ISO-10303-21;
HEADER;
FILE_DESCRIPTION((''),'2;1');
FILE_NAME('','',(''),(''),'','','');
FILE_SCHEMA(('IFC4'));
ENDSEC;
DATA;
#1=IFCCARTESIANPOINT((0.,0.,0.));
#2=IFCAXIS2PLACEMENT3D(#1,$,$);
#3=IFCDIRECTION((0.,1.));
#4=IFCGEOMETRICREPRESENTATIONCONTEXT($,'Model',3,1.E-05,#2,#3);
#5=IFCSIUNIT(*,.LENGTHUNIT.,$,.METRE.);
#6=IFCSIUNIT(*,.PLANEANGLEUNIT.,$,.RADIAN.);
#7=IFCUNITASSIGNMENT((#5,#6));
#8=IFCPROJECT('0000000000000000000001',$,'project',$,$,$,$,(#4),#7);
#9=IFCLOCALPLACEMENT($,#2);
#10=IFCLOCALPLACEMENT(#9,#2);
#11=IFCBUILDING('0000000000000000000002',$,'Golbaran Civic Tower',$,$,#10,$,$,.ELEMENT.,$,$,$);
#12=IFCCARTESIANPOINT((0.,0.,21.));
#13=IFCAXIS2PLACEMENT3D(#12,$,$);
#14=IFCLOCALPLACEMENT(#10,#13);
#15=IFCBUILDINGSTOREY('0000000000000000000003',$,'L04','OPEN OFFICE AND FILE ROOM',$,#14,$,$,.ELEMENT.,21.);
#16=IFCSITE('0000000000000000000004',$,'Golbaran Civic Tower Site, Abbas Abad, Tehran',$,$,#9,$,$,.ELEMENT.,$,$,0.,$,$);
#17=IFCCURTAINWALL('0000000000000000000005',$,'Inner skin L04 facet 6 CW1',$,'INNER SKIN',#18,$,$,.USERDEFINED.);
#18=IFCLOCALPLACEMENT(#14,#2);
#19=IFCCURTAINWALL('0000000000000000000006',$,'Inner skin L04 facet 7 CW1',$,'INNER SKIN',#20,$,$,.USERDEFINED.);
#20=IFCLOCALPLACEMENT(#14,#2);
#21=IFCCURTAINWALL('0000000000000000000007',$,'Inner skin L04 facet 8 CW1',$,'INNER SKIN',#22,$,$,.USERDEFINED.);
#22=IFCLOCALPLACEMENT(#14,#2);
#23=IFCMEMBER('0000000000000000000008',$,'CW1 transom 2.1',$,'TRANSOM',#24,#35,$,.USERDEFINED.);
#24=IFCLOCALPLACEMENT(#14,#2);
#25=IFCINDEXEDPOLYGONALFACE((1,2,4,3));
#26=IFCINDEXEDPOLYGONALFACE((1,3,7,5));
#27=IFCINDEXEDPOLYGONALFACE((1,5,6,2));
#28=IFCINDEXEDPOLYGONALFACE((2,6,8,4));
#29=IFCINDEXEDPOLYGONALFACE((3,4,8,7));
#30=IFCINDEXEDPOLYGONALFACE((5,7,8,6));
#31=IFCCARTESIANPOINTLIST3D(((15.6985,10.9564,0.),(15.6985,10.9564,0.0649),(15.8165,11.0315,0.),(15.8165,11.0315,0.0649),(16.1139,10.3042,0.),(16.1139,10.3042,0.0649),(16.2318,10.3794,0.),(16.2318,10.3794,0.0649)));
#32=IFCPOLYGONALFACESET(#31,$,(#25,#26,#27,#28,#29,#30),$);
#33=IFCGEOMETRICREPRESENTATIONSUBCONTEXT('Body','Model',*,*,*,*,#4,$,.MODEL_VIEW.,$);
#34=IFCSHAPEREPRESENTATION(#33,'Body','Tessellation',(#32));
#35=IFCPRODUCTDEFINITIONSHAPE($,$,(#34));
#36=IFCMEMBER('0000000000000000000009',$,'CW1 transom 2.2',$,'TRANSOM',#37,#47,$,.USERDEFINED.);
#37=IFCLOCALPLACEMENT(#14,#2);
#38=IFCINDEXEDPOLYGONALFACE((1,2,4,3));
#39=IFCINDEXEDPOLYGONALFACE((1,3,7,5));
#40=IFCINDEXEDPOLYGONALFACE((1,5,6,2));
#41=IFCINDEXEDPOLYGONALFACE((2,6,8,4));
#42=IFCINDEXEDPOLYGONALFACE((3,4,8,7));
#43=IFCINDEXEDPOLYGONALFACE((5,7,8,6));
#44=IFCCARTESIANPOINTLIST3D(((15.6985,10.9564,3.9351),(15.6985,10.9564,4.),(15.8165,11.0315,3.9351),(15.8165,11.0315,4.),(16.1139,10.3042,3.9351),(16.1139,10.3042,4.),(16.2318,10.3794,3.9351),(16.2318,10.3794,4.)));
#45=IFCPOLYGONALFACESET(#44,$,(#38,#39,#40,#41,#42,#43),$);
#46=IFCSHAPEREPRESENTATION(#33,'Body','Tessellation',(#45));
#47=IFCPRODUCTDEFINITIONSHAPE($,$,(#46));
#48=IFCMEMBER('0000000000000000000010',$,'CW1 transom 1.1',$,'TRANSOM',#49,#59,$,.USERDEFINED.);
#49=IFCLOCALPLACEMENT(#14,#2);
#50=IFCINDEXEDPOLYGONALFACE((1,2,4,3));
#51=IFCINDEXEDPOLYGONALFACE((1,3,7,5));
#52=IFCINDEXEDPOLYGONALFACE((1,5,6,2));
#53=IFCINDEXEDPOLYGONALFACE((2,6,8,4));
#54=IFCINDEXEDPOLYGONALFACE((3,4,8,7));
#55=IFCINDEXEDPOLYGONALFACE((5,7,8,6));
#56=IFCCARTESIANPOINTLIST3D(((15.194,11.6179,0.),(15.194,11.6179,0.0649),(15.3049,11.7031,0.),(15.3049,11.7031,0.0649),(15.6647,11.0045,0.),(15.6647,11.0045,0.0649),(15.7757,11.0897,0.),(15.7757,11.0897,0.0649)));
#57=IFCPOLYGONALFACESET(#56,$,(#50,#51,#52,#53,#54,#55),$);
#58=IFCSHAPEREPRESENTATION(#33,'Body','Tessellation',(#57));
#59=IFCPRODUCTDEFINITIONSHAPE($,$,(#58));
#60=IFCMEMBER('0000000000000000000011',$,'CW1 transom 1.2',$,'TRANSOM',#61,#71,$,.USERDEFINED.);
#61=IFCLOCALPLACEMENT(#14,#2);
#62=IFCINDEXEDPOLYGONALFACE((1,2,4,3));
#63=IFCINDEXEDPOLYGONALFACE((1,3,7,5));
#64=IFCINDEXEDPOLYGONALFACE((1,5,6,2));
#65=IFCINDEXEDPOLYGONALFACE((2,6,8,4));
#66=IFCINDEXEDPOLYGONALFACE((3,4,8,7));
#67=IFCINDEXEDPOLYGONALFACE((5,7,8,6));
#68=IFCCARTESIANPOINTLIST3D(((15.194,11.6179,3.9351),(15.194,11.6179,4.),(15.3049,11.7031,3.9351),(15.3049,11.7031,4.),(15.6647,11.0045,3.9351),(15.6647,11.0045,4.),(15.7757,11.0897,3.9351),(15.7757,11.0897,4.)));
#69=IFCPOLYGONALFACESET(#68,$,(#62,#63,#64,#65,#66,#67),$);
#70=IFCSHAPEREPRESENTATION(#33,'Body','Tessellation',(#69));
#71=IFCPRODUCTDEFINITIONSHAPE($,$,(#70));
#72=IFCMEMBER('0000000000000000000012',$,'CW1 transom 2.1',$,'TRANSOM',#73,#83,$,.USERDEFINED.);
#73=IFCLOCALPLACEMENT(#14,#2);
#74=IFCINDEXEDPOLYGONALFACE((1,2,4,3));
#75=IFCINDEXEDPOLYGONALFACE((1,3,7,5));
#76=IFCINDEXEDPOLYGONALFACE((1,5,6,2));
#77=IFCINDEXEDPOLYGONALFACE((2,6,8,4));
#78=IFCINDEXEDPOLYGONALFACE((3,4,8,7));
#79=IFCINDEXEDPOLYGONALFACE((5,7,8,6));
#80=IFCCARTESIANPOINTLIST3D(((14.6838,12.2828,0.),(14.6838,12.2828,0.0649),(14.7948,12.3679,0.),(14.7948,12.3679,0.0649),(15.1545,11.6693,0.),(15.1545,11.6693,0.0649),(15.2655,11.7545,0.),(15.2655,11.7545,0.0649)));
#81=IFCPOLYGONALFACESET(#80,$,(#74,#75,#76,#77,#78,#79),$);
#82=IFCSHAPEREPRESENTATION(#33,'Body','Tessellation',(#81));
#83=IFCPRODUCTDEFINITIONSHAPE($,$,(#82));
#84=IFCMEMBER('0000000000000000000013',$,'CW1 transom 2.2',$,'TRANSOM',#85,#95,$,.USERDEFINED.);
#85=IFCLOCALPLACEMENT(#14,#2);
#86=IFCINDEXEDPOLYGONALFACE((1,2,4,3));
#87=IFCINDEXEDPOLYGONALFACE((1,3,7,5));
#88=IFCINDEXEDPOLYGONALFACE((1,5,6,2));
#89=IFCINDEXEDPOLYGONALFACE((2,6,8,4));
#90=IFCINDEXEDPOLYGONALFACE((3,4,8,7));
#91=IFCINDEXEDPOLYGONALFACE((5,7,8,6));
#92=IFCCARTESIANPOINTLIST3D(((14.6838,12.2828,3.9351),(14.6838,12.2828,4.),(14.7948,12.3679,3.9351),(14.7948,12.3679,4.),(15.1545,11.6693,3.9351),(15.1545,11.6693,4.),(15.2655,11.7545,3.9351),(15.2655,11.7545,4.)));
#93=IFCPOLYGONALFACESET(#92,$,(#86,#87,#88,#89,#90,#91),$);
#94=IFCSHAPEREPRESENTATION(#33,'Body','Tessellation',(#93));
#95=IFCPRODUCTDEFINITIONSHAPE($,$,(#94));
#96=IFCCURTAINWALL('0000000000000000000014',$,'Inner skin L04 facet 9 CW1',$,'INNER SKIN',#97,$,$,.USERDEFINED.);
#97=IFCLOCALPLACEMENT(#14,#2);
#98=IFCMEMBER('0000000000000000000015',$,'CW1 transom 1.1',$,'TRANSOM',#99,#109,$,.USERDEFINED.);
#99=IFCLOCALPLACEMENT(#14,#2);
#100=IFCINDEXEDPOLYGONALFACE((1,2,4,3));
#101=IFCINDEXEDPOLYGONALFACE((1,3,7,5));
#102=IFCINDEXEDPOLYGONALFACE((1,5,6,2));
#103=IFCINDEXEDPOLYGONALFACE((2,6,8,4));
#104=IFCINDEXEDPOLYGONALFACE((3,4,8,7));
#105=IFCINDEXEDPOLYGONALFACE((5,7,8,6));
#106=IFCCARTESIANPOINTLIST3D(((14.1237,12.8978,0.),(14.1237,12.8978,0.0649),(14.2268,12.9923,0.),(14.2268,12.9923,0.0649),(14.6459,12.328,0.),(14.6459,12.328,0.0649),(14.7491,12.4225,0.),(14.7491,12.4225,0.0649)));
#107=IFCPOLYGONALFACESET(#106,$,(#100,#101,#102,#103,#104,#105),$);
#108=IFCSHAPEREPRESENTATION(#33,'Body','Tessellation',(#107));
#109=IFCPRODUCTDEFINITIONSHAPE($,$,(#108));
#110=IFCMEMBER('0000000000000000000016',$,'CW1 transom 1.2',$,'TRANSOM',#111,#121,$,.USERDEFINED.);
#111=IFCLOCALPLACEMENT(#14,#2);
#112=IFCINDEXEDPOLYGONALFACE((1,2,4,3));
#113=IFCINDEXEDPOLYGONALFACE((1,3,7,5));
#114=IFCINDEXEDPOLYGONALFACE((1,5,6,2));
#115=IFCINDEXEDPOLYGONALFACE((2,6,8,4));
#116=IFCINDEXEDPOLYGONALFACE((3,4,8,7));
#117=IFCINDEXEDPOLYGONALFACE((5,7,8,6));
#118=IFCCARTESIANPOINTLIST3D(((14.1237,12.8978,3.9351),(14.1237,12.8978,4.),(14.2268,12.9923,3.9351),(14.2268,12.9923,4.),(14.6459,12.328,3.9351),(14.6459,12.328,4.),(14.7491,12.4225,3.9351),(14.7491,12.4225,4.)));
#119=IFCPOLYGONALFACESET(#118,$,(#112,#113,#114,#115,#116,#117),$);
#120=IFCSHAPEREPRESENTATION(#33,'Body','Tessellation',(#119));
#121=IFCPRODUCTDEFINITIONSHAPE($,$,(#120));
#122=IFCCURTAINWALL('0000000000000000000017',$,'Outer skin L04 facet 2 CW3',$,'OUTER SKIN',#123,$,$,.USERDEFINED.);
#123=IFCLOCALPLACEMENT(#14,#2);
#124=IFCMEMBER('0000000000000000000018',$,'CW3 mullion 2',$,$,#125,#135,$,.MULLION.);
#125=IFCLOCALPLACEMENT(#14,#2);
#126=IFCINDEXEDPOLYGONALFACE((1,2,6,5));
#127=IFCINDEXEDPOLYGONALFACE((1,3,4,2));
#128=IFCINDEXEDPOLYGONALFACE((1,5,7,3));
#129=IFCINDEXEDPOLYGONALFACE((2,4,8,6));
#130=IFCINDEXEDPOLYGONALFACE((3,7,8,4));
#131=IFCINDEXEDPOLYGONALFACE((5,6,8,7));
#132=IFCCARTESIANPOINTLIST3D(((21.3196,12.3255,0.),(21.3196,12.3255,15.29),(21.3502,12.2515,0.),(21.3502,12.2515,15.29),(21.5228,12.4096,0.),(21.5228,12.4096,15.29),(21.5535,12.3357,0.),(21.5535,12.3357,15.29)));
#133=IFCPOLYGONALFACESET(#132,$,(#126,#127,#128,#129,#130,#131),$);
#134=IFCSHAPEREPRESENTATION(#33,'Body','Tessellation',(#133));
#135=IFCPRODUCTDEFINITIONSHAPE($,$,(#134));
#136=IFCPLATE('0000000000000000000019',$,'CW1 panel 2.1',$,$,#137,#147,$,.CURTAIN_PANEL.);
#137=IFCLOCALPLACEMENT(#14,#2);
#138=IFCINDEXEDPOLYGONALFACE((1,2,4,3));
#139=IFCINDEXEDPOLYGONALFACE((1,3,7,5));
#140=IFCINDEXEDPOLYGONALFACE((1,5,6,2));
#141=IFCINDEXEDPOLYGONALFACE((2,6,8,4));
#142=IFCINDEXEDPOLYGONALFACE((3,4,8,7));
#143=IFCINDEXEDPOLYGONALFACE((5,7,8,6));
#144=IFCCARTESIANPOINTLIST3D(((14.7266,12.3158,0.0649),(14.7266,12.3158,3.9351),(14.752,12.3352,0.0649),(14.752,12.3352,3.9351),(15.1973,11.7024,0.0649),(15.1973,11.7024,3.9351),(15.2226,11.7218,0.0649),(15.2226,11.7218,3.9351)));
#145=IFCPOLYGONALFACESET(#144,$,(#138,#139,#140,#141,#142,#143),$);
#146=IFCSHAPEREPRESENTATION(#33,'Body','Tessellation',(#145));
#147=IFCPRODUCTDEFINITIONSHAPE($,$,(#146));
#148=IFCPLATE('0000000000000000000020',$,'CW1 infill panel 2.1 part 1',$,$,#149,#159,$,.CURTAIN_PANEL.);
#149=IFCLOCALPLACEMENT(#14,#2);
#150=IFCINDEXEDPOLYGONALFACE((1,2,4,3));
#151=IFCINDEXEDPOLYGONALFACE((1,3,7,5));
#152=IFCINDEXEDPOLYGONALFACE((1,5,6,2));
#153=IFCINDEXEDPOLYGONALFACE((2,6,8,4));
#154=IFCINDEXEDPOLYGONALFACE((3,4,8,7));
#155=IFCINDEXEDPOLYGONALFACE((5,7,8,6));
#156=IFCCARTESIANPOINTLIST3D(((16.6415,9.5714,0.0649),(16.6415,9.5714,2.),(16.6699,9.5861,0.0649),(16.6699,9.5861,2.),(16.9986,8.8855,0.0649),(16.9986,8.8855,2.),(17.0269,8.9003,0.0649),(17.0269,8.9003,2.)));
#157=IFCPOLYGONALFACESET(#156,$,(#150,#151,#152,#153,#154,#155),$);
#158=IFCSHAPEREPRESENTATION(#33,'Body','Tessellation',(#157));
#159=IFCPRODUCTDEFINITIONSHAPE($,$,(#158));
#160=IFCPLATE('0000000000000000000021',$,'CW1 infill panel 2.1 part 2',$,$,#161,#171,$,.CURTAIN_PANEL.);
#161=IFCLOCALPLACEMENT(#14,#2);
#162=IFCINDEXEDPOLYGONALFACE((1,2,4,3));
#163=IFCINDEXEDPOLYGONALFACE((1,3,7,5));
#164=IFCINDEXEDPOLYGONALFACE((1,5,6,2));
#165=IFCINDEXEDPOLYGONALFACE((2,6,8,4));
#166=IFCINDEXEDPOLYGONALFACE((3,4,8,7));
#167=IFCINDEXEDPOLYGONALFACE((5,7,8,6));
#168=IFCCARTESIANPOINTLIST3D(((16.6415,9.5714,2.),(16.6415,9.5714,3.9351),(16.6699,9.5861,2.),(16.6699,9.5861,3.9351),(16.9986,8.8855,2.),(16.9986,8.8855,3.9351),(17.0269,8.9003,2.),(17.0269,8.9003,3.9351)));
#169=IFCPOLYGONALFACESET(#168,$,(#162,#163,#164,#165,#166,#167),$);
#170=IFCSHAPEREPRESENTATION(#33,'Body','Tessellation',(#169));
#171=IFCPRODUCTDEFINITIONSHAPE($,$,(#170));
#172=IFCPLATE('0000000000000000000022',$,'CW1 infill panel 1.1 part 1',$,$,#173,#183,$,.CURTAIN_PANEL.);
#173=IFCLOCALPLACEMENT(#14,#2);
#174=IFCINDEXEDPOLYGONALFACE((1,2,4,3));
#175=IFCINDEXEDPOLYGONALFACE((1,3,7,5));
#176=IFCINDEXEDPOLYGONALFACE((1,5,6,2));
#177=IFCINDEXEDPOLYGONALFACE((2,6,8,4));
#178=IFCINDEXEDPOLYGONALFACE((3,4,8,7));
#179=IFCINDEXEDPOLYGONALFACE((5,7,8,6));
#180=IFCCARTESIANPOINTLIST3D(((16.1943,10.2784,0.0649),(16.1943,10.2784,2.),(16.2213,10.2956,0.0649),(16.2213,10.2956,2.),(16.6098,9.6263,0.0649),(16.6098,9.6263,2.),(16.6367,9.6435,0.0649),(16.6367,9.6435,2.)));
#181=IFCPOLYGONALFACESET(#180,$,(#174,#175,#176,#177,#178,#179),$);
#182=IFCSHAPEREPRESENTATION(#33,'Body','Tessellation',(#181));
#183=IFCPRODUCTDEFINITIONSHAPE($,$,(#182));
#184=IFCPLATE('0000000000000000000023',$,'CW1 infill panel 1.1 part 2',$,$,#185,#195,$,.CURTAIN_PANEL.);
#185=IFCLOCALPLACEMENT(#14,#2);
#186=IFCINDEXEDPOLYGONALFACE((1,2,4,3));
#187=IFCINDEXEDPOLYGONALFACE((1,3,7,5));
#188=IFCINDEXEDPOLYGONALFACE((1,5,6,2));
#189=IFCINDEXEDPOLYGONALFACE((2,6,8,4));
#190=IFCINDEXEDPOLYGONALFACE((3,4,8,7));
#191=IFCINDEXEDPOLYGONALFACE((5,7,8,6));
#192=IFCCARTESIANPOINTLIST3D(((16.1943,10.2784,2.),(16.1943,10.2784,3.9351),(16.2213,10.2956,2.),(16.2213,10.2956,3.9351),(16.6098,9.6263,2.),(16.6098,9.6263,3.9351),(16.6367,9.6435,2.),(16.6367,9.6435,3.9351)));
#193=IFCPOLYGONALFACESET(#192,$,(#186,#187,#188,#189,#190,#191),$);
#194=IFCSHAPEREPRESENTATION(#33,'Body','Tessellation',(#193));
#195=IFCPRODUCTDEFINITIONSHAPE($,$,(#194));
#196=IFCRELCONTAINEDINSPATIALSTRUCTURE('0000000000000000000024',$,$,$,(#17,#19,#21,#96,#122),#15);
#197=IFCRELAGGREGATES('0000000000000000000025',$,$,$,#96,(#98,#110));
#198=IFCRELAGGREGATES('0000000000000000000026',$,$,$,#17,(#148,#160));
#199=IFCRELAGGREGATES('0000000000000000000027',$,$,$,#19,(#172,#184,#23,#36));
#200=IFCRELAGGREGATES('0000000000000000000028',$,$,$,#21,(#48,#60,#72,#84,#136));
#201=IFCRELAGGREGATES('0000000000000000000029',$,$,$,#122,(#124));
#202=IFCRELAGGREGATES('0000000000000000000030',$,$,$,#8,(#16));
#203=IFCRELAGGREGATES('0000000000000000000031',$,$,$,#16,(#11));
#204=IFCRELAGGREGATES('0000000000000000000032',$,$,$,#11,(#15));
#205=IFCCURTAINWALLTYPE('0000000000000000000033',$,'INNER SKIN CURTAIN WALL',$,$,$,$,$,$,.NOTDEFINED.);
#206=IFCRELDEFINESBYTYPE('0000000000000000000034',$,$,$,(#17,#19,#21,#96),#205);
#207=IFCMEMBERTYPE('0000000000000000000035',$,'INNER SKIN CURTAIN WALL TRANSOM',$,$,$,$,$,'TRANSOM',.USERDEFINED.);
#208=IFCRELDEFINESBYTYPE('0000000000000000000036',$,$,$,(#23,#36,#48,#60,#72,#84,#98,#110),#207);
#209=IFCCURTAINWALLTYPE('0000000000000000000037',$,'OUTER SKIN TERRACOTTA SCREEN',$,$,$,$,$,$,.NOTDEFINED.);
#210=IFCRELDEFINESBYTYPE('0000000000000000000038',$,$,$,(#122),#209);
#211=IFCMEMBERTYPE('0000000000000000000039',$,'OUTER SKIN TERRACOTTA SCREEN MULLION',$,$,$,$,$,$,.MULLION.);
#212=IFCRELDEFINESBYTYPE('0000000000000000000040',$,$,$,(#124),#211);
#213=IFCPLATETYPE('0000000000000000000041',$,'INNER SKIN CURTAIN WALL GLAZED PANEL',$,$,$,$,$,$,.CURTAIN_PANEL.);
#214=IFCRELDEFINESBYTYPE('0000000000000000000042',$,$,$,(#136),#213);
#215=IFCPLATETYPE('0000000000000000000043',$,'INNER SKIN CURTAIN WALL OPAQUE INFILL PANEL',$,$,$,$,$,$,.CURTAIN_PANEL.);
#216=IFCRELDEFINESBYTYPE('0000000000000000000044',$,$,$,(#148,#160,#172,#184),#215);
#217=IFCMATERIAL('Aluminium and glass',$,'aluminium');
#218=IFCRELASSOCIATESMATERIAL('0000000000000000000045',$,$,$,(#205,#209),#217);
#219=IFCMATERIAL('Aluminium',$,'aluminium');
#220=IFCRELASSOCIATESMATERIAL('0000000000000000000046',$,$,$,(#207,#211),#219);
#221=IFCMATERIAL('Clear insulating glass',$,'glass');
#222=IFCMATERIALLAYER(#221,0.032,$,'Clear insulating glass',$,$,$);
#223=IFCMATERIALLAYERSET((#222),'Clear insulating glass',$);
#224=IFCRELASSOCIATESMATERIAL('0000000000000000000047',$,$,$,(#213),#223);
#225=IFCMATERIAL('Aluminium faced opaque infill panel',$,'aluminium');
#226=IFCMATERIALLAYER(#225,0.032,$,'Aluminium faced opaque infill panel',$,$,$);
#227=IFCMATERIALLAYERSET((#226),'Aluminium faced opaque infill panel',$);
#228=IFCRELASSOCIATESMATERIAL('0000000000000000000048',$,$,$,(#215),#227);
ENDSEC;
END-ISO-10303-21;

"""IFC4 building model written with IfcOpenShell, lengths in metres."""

from ifc_helpers import new_model, si_unit, direction, frame, origin, origin_2d, place, context, subcontext, project, spatial, rectangle, extrude, material, layer, layer_set, material_profile, profile_set, type_object, element, aggregate, save


model = new_model("IFC4")

# Units and contexts
model_context = context("Model", 3, precision=1e-05, world=origin(), true_north=direction((0.0, 1.0)))
body_context = subcontext(model_context, "Body", "Model", "MODEL_VIEW")
ifc_project = project(units=[si_unit("LENGTHUNIT", "METRE"), si_unit("PLANEANGLEUNIT", "RADIAN")], contexts=[model_context])

# Site, building, storey
site_placement = place(None, origin())
site = spatial("IfcSite", under=ifc_project, at=site_placement, Name="Golbaran Civic Tower Site, Abbas Abad, Tehran", CompositionType="ELEMENT", RefElevation=0.0)
building_placement = place(site_placement, origin())
building = spatial("IfcBuilding", under=site, at=building_placement, Name="Golbaran Civic Tower", CompositionType="ELEMENT")
storey_placement = place(building_placement, frame((0.0, 0.0, 21.0)))
storey = spatial("IfcBuildingStorey", under=building, at=storey_placement, Name="L04", Description="OPEN OFFICE AND FILE ROOM", CompositionType="ELEMENT", Elevation=21.0)

# Curtain walls
ifc_material_1 = material(Name="Aluminium and glass", Category="aluminium")
curtain_wall_type_1 = type_object("IfcCurtainWallType", Name="INNER SKIN CURTAIN WALL", PredefinedType="NOTDEFINED", material=ifc_material_1)
curtain_wall_1_placement = place(storey_placement, origin())
curtain_wall_1 = element("IfcCurtainWall", 1, at=curtain_wall_1_placement, inside=storey, type_object=curtain_wall_type_1, Name="Inner skin L04 facet 6 CW1", ObjectType="INNER SKIN", PredefinedType="USERDEFINED")
ifc_material_2 = material(Name="Aluminium", Category="aluminium")
curtain_wall_2_placement = place(storey_placement, origin())
curtain_wall_2 = element("IfcCurtainWall", 2, at=curtain_wall_2_placement, inside=storey, type_object=curtain_wall_type_1, Name="Inner skin L04 facet 7 CW1", ObjectType="INNER SKIN", PredefinedType="USERDEFINED")
curtain_wall_3_placement = place(storey_placement, origin())
curtain_wall_3 = element("IfcCurtainWall", 3, at=curtain_wall_3_placement, inside=storey, type_object=curtain_wall_type_1, Name="Inner skin L04 facet 8 CW1", ObjectType="INNER SKIN", PredefinedType="USERDEFINED")

# Members
ifc_material_profile_1 = material_profile(ifc_material_2, rectangle(XDim=0.1399, YDim=0.0649, at=origin_2d()), Name="INNER SKIN CURTAIN WALL TRANSOM")
ifc_profile_set_1 = profile_set([ifc_material_profile_1], Name="Aluminium")
member_type_1 = type_object("IfcMemberType", Name="INNER SKIN CURTAIN WALL TRANSOM", ElementType="TRANSOM", PredefinedType="USERDEFINED", material=ifc_profile_set_1)
member_1_placement = place(storey_placement, frame((16.1729, 10.3418, 0.0325), z_axis=(-0.537162, 0.843479, 0.0), x_axis=(-0.843479, -0.537162, 0.0)))
member_1 = element("IfcMember", 4, at=member_1_placement, type_object=member_type_1, Name="CW1 transom 2.1", ObjectType="TRANSOM", PredefinedType="USERDEFINED", context=body_context, shape_type="SweptSolid", body=[
    extrude(rectangle(XDim=0.1399, YDim=0.0649, at=origin_2d()), origin(), (0.0, 0.0, 1.0), 0.7732),
])
member_2_placement = place(storey_placement, frame((16.1729, 10.3418, 3.9675), z_axis=(-0.537162, 0.843479, 0.0), x_axis=(-0.843479, -0.537162, 0.0)))
member_2 = element("IfcMember", 5, at=member_2_placement, type_object=member_type_1, Name="CW1 transom 2.2", ObjectType="TRANSOM", PredefinedType="USERDEFINED", context=body_context, shape_type="SweptSolid", body=[
    extrude(rectangle(XDim=0.1399, YDim=0.0649, at=origin_2d()), origin(), (0.0, 0.0, 1.0), 0.7732),
])
member_3_placement = place(storey_placement, frame((15.7202, 11.0471, 0.0325), z_axis=(-0.608856, 0.793281, 0.0), x_axis=(-0.793281, -0.608856, 0.0)))
member_3 = element("IfcMember", 6, at=member_3_placement, type_object=member_type_1, Name="CW1 transom 1.1", ObjectType="TRANSOM", PredefinedType="USERDEFINED", context=body_context, shape_type="SweptSolid", body=[
    extrude(rectangle(XDim=0.1399, YDim=0.0649, at=origin_2d()), origin(), (0.0, 0.0, 1.0), 0.7732),
])
member_4_placement = place(storey_placement, frame((15.7202, 11.0471, 3.9675), z_axis=(-0.608856, 0.793281, 0.0), x_axis=(-0.793281, -0.608856, 0.0)))
member_4 = element("IfcMember", 7, at=member_4_placement, type_object=member_type_1, Name="CW1 transom 1.2", ObjectType="TRANSOM", PredefinedType="USERDEFINED", context=body_context, shape_type="SweptSolid", body=[
    extrude(rectangle(XDim=0.1399, YDim=0.0649, at=origin_2d()), origin(), (0.0, 0.0, 1.0), 0.7732),
])
member_5_placement = place(storey_placement, frame((15.21, 11.7119, 0.0325), z_axis=(-0.608703, 0.793398, 0.0), x_axis=(-0.793398, -0.608703, 0.0)))
member_5 = element("IfcMember", 8, at=member_5_placement, type_object=member_type_1, Name="CW1 transom 2.1", ObjectType="TRANSOM", PredefinedType="USERDEFINED", context=body_context, shape_type="SweptSolid", body=[
    extrude(rectangle(XDim=0.1399, YDim=0.0649, at=origin_2d()), origin(), (0.0, 0.0, 1.0), 0.7732),
])
member_6_placement = place(storey_placement, frame((15.21, 11.7119, 3.9675), z_axis=(-0.608703, 0.793398, 0.0), x_axis=(-0.793398, -0.608703, 0.0)))
member_6 = element("IfcMember", 9, at=member_6_placement, type_object=member_type_1, Name="CW1 transom 2.2", ObjectType="TRANSOM", PredefinedType="USERDEFINED", context=body_context, shape_type="SweptSolid", body=[
    extrude(rectangle(XDim=0.1399, YDim=0.0649, at=origin_2d()), origin(), (0.0, 0.0, 1.0), 0.7732),
])

# Curtain wall, members
curtain_wall_4_placement = place(storey_placement, origin())
curtain_wall_4 = element("IfcCurtainWall", 10, at=curtain_wall_4_placement, inside=storey, type_object=curtain_wall_type_1, Name="Inner skin L04 facet 9 CW1", ObjectType="INNER SKIN", PredefinedType="USERDEFINED")
member_7_placement = place(storey_placement, frame((14.6975, 12.3752, 0.0325), z_axis=(-0.675639, 0.737233, 0.0), x_axis=(-0.737233, -0.675639, 0.0)))
member_7 = element("IfcMember", 11, at=member_7_placement, type_object=member_type_1, Name="CW1 transom 1.1", ObjectType="TRANSOM", PredefinedType="USERDEFINED", context=body_context, shape_type="SweptSolid", body=[
    extrude(rectangle(XDim=0.1399, YDim=0.0649, at=origin_2d()), origin(), (0.0, 0.0, 1.0), 0.7729),
])
member_8_placement = place(storey_placement, frame((14.6975, 12.3752, 3.9675), z_axis=(-0.675639, 0.737233, 0.0), x_axis=(-0.737233, -0.675639, 0.0)))
member_8 = element("IfcMember", 12, at=member_8_placement, type_object=member_type_1, Name="CW1 transom 1.2", ObjectType="TRANSOM", PredefinedType="USERDEFINED", context=body_context, shape_type="SweptSolid", body=[
    extrude(rectangle(XDim=0.1399, YDim=0.0649, at=origin_2d()), origin(), (0.0, 0.0, 1.0), 0.7729),
])
aggregate(curtain_wall_4, [member_7, member_8])

# Curtain wall, member
curtain_wall_type_2 = type_object("IfcCurtainWallType", Name="OUTER SKIN TERRACOTTA SCREEN", PredefinedType="NOTDEFINED", material=ifc_material_1)
curtain_wall_5_placement = place(storey_placement, origin())
curtain_wall_5 = element("IfcCurtainWall", 13, at=curtain_wall_5_placement, inside=storey, type_object=curtain_wall_type_2, Name="Outer skin L04 facet 2 CW3", ObjectType="OUTER SKIN", PredefinedType="USERDEFINED")
ifc_material_profile_2 = material_profile(ifc_material_2, rectangle(XDim=0.22, YDim=0.0801, at=origin_2d()), Name="OUTER SKIN TERRACOTTA SCREEN MULLION")
ifc_profile_set_2 = profile_set([ifc_material_profile_2], Name="Aluminium")
member_type_2 = type_object("IfcMemberType", Name="OUTER SKIN TERRACOTTA SCREEN MULLION", PredefinedType="MULLION", material=ifc_profile_set_2)
member_9_placement = place(storey_placement, frame((21.4365, 12.3306, 0.0), z_axis=(0.0, 0.0, 1.0), x_axis=(-0.92388, -0.382683, 0.0)))
member_9 = element("IfcMember", 14, at=member_9_placement, type_object=member_type_2, Name="CW3 mullion 2", PredefinedType="MULLION", context=body_context, shape_type="SweptSolid", body=[
    extrude(rectangle(XDim=0.22, YDim=0.0801, at=origin_2d()), origin(), (0.0, 0.0, 1.0), 15.29),
])

# Plates
ifc_material_3 = material(Name="Clear insulating glass", Category="glass")
ifc_layer_1 = layer(ifc_material_3, 0.032, Name="Clear insulating glass")
ifc_layer_set_1 = layer_set([ifc_layer_1], Name="Clear insulating glass")
plate_type_1 = type_object("IfcPlateType", Name="INNER SKIN CURTAIN WALL GLAZED PANEL", PredefinedType="CURTAIN_PANEL", material=ifc_layer_set_1)
plate_1_placement = place(storey_placement, frame((14.9746, 12.0188, 0.0649), z_axis=(0.0, 0.0, 1.0), x_axis=(-0.608761, 0.793353, 0.0)))
plate_1 = element("IfcPlate", 15, at=plate_1_placement, type_object=plate_type_1, Name="CW1 panel 2.1", PredefinedType="CURTAIN_PANEL", context=body_context, shape_type="SweptSolid", body=[
    extrude(rectangle(XDim=0.7732, YDim=0.032, at=origin_2d()), origin(), (0.0, 0.0, 1.0), 3.8701),
])
ifc_material_4 = material(Name="Aluminium faced opaque infill panel", Category="aluminium")
ifc_layer_2 = layer(ifc_material_4, 0.032, Name="Aluminium faced opaque infill panel")
ifc_layer_set_2 = layer_set([ifc_layer_2], Name="Aluminium faced opaque infill panel")
plate_type_2 = type_object("IfcPlateType", Name="INNER SKIN CURTAIN WALL OPAQUE INFILL PANEL", PredefinedType="CURTAIN_PANEL", material=ifc_layer_set_2)
plate_2_placement = place(storey_placement, frame((16.8342, 9.2358, 0.0649), z_axis=(0.0, 0.0, 1.0), x_axis=(-0.461749, 0.887011, 0.0)))
plate_2 = element("IfcPlate", 16, at=plate_2_placement, type_object=plate_type_2, Name="CW1 infill panel 2.1 part 1", PredefinedType="CURTAIN_PANEL", context=body_context, shape_type="SweptSolid", body=[
    extrude(rectangle(XDim=0.7732, YDim=0.032, at=origin_2d()), origin(), (0.0, 0.0, 1.0), 1.9351),
])
plate_3_placement = place(storey_placement, frame((16.8342, 9.2358, 2.0), z_axis=(0.0, 0.0, 1.0), x_axis=(-0.461749, 0.887011, 0.0)))
plate_3 = element("IfcPlate", 17, at=plate_3_placement, type_object=plate_type_2, Name="CW1 infill panel 2.1 part 2", PredefinedType="CURTAIN_PANEL", context=body_context, shape_type="SweptSolid", body=[
    extrude(rectangle(XDim=0.7732, YDim=0.032, at=origin_2d()), origin(), (0.0, 0.0, 1.0), 1.9351),
])
aggregate(curtain_wall_1, [plate_2, plate_3])
plate_4_placement = place(storey_placement, frame((16.4155, 9.9609, 0.0649), z_axis=(0.0, 0.0, 1.0), x_axis=(-0.5373, 0.843391, 0.0)))
plate_4 = element("IfcPlate", 18, at=plate_4_placement, type_object=plate_type_2, Name="CW1 infill panel 1.1 part 1", PredefinedType="CURTAIN_PANEL", context=body_context, shape_type="SweptSolid", body=[
    extrude(rectangle(XDim=0.7732, YDim=0.032, at=origin_2d()), origin(), (0.0, 0.0, 1.0), 1.9351),
])
plate_5_placement = place(storey_placement, frame((16.4155, 9.9609, 2.0), z_axis=(0.0, 0.0, 1.0), x_axis=(-0.5373, 0.843391, 0.0)))
plate_5 = element("IfcPlate", 19, at=plate_5_placement, type_object=plate_type_2, Name="CW1 infill panel 1.1 part 2", PredefinedType="CURTAIN_PANEL", context=body_context, shape_type="SweptSolid", body=[
    extrude(rectangle(XDim=0.7732, YDim=0.032, at=origin_2d()), origin(), (0.0, 0.0, 1.0), 1.9351),
])
aggregate(curtain_wall_2, [plate_4, plate_5, member_1, member_2])
aggregate(curtain_wall_3, [member_3, member_4, member_5, member_6, plate_1])
aggregate(curtain_wall_5, [member_9])

save(model, "model.ifc")
